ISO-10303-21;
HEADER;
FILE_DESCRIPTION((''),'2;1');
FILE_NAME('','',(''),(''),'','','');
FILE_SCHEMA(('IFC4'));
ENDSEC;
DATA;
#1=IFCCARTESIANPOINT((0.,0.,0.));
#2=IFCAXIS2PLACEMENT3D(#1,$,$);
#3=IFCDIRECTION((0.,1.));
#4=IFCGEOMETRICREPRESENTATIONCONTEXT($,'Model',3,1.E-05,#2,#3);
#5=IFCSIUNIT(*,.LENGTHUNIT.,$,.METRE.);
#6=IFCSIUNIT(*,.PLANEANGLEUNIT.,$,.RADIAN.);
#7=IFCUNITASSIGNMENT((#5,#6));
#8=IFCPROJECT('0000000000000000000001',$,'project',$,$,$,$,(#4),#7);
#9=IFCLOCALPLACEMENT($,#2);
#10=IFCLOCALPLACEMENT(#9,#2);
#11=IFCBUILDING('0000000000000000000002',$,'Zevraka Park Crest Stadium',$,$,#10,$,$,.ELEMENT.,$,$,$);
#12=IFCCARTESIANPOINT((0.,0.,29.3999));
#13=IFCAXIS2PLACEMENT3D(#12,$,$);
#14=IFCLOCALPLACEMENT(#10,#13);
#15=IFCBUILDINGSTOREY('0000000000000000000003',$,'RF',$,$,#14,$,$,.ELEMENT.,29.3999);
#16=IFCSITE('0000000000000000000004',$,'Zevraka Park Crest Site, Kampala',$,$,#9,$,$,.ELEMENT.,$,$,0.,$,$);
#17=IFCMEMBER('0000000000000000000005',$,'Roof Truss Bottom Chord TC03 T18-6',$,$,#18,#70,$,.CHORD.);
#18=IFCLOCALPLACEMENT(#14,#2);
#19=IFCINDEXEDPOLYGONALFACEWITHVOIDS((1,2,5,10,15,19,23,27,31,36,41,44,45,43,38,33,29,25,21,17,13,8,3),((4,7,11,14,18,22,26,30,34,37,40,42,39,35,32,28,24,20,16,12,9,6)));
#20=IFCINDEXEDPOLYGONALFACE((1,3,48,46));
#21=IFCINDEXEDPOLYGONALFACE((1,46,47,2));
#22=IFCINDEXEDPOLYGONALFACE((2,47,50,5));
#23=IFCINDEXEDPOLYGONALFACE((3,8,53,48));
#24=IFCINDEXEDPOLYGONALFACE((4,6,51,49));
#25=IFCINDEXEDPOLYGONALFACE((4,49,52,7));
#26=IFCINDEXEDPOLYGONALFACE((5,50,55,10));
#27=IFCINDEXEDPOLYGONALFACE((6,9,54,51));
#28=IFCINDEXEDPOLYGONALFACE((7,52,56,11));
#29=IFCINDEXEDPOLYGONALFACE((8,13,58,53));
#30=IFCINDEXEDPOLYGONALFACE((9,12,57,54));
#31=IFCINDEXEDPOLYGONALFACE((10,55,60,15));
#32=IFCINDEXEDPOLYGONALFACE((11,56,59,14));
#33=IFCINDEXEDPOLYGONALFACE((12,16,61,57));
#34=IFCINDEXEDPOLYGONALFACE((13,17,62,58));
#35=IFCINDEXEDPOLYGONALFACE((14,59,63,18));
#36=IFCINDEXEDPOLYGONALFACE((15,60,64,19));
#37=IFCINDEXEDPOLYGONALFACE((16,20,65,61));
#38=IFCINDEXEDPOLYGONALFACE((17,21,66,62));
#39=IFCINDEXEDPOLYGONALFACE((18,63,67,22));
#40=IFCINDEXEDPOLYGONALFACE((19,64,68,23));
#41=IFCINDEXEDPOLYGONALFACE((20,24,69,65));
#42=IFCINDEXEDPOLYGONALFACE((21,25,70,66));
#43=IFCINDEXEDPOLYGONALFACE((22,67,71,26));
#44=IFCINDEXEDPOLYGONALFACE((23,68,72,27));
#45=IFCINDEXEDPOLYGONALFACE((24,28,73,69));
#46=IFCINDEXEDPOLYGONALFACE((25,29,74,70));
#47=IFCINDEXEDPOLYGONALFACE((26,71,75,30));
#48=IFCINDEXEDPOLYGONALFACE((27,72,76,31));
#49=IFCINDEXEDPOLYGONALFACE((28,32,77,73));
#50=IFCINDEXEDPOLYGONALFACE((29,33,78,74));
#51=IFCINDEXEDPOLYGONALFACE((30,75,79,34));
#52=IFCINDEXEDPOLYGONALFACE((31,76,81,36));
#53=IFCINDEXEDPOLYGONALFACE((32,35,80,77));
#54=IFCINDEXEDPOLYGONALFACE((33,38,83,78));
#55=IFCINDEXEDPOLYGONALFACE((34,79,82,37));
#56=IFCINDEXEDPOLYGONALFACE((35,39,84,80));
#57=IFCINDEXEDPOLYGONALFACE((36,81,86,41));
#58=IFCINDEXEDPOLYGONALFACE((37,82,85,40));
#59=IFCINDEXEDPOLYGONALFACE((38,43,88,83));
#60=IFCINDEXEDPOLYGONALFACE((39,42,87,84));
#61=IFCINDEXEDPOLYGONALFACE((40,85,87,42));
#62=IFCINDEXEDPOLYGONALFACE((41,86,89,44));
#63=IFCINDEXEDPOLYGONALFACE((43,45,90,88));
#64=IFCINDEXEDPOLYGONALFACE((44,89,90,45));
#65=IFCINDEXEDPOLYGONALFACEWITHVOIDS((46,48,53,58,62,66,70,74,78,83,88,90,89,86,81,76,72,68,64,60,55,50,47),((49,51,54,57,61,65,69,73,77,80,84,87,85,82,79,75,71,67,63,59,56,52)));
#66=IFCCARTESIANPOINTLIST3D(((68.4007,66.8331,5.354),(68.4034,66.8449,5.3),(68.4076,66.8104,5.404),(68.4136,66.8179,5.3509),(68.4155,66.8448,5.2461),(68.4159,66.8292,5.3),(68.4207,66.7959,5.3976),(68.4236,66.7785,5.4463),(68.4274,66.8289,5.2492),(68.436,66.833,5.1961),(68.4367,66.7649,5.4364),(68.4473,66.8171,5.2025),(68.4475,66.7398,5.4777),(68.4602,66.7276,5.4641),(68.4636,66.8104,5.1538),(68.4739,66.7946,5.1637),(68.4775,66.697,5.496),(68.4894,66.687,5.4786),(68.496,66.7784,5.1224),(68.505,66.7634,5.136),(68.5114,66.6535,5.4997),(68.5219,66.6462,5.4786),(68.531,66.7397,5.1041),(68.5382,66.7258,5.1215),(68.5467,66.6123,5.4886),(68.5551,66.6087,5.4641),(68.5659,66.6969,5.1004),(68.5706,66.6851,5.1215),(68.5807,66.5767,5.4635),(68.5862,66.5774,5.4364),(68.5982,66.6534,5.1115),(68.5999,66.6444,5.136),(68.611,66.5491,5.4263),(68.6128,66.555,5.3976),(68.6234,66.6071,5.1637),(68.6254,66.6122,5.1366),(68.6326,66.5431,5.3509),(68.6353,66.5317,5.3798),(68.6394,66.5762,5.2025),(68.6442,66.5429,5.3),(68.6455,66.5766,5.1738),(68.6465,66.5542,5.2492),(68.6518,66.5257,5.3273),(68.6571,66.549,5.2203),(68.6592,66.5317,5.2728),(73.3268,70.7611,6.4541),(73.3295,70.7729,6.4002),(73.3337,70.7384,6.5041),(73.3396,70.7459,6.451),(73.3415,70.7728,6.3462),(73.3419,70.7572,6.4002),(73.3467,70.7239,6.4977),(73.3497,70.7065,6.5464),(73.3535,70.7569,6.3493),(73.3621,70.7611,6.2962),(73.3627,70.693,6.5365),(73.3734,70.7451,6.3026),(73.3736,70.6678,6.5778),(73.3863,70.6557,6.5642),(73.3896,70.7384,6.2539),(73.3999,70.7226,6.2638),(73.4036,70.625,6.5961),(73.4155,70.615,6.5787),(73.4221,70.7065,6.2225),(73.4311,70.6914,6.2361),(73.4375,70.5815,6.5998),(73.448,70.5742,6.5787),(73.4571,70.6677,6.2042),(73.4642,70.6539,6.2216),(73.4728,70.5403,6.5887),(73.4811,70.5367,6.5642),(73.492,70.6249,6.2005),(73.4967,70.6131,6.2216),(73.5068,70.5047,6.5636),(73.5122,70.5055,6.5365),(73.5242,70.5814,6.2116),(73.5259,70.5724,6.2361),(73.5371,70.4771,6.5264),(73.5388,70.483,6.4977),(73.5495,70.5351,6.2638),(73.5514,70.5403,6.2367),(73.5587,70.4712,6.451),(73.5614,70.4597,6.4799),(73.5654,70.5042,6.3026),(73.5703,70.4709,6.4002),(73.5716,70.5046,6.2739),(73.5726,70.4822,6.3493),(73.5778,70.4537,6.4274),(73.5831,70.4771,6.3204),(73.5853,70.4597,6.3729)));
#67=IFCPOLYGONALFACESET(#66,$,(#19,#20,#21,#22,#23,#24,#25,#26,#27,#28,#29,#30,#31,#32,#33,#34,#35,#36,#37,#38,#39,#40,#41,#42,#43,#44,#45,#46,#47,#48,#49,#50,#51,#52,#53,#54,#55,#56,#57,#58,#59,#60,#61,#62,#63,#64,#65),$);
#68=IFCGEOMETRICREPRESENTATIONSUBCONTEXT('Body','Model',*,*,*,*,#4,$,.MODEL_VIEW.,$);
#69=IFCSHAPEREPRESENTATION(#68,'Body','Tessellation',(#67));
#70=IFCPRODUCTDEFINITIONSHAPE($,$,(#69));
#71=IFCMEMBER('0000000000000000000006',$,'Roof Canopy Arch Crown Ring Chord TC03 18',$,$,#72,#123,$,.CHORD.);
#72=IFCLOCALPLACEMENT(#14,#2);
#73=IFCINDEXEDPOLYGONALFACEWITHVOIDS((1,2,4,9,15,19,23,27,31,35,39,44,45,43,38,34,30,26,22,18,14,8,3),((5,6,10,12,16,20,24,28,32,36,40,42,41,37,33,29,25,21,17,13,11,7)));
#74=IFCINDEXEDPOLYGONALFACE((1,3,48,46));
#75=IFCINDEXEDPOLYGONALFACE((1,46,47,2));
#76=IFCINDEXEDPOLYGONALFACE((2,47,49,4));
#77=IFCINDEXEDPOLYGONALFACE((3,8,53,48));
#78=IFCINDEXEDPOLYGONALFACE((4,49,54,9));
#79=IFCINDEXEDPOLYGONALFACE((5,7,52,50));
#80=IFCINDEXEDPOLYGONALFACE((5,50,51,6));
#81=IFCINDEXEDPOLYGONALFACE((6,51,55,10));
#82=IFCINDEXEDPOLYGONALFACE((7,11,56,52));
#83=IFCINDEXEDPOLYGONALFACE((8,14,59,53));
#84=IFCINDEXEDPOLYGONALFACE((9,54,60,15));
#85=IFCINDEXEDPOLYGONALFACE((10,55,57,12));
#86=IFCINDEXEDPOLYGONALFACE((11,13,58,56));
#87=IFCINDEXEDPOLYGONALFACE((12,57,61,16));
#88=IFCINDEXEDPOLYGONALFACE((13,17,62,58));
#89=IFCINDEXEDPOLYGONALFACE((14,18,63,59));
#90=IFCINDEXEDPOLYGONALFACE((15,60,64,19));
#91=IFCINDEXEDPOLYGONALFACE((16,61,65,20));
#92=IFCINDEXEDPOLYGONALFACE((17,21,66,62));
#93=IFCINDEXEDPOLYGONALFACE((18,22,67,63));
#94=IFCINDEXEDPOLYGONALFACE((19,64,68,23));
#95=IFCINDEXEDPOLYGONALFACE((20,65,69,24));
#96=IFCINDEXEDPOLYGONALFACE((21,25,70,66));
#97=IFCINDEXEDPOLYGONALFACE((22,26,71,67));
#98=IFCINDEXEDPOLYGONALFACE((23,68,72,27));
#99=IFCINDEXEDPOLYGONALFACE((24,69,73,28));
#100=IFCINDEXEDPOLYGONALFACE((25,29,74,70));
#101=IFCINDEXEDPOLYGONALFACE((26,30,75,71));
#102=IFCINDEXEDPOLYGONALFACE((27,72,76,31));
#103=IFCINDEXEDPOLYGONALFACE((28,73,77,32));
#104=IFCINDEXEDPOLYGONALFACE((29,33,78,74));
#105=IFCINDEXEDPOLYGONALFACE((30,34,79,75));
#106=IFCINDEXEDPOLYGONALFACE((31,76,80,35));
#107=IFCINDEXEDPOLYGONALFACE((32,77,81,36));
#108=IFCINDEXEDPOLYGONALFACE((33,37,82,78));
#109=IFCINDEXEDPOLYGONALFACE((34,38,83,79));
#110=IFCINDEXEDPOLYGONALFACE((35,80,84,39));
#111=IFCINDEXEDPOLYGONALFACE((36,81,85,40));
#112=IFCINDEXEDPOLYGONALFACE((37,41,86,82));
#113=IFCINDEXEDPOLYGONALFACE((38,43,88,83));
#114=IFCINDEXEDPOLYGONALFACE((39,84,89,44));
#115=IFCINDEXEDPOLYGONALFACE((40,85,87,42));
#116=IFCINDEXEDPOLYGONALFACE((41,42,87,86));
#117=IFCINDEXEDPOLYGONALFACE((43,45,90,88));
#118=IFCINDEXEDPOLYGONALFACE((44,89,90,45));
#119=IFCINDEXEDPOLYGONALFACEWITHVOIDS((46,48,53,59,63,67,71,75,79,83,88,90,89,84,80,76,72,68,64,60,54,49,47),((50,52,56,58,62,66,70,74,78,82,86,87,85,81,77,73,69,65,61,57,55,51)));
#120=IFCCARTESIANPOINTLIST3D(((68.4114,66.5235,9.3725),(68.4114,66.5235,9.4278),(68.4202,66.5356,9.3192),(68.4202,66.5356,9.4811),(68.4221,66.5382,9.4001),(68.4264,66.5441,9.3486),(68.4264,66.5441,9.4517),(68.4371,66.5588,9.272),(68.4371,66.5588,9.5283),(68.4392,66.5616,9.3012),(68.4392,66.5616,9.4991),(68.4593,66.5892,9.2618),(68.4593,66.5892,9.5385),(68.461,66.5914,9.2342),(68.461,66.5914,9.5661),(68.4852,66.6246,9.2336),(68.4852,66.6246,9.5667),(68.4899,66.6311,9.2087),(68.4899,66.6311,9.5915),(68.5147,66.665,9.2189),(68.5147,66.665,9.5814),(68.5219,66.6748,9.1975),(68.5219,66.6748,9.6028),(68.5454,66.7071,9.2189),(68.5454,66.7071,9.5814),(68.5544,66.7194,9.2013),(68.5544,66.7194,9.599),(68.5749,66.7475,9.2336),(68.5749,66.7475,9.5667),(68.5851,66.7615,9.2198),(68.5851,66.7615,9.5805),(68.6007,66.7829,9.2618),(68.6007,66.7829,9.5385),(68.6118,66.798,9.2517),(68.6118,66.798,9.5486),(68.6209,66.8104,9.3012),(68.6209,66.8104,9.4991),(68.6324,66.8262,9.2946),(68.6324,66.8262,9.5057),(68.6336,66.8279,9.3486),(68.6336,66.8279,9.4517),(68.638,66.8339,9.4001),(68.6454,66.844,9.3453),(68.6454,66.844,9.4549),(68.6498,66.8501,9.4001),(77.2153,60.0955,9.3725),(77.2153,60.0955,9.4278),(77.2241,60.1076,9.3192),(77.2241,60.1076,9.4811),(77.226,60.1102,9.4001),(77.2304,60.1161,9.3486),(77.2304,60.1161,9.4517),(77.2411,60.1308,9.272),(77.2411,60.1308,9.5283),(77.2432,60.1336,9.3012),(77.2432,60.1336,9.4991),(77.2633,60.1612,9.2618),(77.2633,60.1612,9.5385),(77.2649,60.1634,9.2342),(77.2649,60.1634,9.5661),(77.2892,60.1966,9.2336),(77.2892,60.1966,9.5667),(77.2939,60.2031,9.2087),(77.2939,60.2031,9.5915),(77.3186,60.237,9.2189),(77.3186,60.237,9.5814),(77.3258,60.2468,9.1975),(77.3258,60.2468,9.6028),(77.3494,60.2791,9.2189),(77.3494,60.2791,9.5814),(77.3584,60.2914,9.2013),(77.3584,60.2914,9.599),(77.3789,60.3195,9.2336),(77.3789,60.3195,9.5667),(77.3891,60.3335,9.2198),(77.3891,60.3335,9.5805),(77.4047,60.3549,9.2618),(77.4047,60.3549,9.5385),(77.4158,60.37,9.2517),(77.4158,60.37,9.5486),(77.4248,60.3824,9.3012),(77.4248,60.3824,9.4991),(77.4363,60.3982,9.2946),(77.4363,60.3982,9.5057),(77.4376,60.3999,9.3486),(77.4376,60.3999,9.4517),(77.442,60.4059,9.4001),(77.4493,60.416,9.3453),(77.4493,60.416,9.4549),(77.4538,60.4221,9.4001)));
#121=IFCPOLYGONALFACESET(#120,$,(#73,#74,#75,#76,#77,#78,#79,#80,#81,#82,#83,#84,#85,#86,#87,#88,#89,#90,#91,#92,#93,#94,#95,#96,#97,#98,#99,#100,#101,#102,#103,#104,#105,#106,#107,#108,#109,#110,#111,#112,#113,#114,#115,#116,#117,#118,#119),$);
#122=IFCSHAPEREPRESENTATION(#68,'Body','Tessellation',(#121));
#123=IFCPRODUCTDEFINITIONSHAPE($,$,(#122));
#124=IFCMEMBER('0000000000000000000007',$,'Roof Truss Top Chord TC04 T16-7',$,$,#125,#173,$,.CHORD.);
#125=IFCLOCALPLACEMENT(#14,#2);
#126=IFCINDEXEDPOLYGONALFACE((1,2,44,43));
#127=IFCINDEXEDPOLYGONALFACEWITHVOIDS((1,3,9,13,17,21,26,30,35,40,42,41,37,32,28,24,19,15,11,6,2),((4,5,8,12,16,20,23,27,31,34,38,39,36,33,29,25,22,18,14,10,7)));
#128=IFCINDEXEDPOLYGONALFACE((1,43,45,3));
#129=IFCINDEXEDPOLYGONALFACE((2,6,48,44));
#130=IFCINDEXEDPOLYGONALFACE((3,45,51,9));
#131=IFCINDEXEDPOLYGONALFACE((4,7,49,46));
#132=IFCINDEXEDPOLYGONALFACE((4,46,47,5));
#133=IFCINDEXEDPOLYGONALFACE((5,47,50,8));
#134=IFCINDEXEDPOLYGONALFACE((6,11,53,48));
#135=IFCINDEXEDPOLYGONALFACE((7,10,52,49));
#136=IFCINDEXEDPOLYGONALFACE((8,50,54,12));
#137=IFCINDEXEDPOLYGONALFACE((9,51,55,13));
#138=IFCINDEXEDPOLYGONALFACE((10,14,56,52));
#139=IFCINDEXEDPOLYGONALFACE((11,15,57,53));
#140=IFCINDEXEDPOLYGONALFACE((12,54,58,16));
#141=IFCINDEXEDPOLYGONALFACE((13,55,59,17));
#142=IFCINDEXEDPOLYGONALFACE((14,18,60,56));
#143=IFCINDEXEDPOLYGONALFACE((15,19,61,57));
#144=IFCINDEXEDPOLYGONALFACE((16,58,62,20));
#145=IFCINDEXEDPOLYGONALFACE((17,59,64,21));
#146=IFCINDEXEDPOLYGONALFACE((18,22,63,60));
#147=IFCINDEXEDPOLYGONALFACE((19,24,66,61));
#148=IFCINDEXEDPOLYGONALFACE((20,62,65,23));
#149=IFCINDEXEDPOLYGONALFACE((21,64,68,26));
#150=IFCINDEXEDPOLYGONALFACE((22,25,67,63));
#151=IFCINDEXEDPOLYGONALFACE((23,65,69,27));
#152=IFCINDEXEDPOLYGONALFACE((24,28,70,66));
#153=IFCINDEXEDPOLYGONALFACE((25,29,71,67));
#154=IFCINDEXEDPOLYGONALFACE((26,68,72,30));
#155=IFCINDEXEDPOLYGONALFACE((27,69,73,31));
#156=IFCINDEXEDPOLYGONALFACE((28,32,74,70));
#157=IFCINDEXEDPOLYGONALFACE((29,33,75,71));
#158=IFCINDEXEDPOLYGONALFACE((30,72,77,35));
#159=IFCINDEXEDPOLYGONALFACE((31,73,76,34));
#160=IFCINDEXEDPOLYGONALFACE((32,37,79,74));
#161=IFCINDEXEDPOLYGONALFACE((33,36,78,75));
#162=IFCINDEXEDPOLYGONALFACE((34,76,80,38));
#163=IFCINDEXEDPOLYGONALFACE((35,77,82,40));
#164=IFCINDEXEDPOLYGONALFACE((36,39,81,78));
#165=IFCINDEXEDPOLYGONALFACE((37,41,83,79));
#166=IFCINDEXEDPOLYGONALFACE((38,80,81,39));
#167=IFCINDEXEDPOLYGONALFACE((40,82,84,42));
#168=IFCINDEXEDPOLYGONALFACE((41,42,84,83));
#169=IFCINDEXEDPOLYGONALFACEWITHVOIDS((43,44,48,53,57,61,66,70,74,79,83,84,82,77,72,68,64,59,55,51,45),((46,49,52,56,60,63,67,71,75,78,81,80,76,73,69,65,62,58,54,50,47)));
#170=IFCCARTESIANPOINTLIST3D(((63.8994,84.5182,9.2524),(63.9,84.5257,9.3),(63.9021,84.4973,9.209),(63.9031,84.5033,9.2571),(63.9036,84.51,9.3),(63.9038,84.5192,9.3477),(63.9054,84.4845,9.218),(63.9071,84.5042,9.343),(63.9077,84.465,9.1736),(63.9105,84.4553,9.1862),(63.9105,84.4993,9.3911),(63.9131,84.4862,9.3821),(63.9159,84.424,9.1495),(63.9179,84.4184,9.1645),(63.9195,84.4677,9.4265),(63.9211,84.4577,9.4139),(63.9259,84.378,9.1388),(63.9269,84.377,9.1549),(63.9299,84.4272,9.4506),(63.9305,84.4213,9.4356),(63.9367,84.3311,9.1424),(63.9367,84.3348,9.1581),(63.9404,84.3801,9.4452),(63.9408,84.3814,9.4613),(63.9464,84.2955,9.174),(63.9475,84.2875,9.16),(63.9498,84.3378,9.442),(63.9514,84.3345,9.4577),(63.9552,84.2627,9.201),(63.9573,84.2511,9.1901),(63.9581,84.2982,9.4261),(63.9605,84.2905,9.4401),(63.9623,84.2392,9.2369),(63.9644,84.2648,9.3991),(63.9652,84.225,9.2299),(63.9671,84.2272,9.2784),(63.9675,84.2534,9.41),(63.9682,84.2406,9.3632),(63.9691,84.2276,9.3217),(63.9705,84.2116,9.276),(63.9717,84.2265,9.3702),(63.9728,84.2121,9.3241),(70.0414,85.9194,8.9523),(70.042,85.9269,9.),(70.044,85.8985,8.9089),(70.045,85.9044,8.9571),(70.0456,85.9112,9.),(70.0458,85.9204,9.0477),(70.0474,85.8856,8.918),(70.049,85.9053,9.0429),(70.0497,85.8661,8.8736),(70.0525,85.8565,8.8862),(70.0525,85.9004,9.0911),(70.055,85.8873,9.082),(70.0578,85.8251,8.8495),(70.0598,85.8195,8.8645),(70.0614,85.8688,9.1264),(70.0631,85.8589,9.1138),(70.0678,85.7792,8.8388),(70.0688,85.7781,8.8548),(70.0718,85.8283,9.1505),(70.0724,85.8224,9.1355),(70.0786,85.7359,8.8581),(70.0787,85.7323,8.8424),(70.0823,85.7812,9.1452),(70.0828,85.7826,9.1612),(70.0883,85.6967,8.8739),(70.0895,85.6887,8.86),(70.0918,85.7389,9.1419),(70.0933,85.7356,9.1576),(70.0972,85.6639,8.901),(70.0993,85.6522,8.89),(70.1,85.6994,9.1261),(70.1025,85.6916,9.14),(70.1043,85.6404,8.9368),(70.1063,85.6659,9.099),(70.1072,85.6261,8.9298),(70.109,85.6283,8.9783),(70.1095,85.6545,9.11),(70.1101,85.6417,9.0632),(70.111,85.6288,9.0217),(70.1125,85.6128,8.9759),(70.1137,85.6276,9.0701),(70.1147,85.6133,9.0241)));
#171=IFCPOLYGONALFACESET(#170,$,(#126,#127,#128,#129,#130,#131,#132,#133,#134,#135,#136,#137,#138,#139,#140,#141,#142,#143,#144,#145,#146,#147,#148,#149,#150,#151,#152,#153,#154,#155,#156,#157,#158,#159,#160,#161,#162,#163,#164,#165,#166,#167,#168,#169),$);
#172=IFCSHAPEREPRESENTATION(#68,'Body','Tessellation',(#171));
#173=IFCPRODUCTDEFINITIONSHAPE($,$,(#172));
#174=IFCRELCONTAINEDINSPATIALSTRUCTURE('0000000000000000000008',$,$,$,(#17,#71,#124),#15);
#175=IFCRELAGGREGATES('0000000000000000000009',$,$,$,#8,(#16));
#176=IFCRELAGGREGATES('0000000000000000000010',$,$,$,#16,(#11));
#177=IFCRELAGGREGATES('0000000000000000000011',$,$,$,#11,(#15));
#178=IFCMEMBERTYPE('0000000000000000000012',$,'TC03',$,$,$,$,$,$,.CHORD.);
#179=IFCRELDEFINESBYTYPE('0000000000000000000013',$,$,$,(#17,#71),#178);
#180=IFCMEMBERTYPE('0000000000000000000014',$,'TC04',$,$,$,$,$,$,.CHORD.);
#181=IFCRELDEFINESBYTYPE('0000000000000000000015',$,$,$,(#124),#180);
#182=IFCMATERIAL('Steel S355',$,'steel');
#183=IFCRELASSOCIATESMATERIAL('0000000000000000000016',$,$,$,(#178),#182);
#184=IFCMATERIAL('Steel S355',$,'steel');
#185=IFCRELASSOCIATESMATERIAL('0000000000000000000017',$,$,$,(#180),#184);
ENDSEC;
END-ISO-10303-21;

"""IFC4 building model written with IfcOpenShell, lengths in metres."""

from ifc_helpers import new_model, si_unit, direction, frame, origin, origin_2d, place, context, subcontext, project, spatial, hollow_circle, extrude, material, material_profile, profile_set, type_object, element, save


model = new_model("IFC4")

# Units and contexts
model_context = context("Model", 3, precision=1e-05, world=origin(), true_north=direction((0.0, 1.0)))
body_context = subcontext(model_context, "Body", "Model", "MODEL_VIEW")
ifc_project = project(units=[si_unit("LENGTHUNIT", "METRE"), si_unit("PLANEANGLEUNIT", "RADIAN")], contexts=[model_context])

# Site, building, storey
site_placement = place(None, origin())
site = spatial("IfcSite", under=ifc_project, at=site_placement, Name="Zevraka Park Crest Site, Kampala", CompositionType="ELEMENT", RefElevation=0.0)
building_placement = place(site_placement, origin())
building = spatial("IfcBuilding", under=site, at=building_placement, Name="Zevraka Park Crest Stadium", CompositionType="ELEMENT")
storey_placement = place(building_placement, frame((0.0, 0.0, 29.3999)))
storey = spatial("IfcBuildingStorey", under=building, at=storey_placement, Name="RF", CompositionType="ELEMENT", Elevation=29.3999)

# Members
ifc_material_1 = material(Name="Steel S355", Category="steel")
ifc_material_profile_1 = material_profile(ifc_material_1, hollow_circle(Radius=0.2031, WallThickness=0.02, at=origin_2d()), Name="CHS 406.4x20")
ifc_profile_set_1 = profile_set([ifc_material_profile_1], Name="Steel S355")
member_type_1 = type_object("IfcMemberType", Name="TC03", PredefinedType="CHORD", material=ifc_profile_set_1)
member_1_placement = place(storey_placement, frame((68.53, 66.686, 5.3), z_axis=(0.770209, 0.614159, 0.172006), x_axis=(-0.623451, 0.781862, 0.0)))
element("IfcMember", 1, at=member_1_placement, inside=storey, type_object=member_type_1, Name="Roof Truss Bottom Chord TC03 T18-6", PredefinedType="CHORD", context=body_context, shape_type="SweptSolid", body=[
    extrude(hollow_circle(Radius=0.2031, WallThickness=0.02, at=origin_2d()), origin(), (0.0, 0.0, 1.0), 6.3958),
])
member_2_placement = place(storey_placement, frame((68.53, 66.686, 9.4001), z_axis=(0.807639, -0.589677, 0.0), x_axis=(0.589677, 0.807639, 0.0)))
element("IfcMember", 2, at=member_2_placement, inside=storey, type_object=member_type_1, Name="Roof Canopy Arch Crown Ring Chord TC03 18", PredefinedType="CHORD", context=body_context, shape_type="SweptSolid", body=[
    extrude(hollow_circle(Radius=0.2031, WallThickness=0.02, at=origin_2d()), origin(), (0.0, 0.0, 1.0), 10.9009),
])
ifc_material_2 = material(Name="Steel S355", Category="steel")
ifc_material_profile_2 = material_profile(ifc_material_2, hollow_circle(Radius=0.1619, WallThickness=0.0161, at=origin_2d()), Name="CHS 323.9x16")
ifc_profile_set_2 = profile_set([ifc_material_profile_2], Name="Steel S355")
member_type_2 = type_object("IfcMemberType", Name="TC04", PredefinedType="CHORD", material=ifc_profile_set_2)
for number, where, z_axis, x_axis, name in (
    (3, (63.936, 84.3679, 9.3), (0.973848, 0.222161, -0.047576), (-0.222413, 0.974952, 0.0), "Roof Truss Top Chord TC04 T16-7"),
):
    element("IfcMember", number, at=place(storey_placement, frame(where, z_axis=z_axis, x_axis=x_axis)), inside=storey, type_object=member_type_2, Name=name, PredefinedType="CHORD", context=body_context, shape_type="SweptSolid", body=[
        extrude(hollow_circle(Radius=0.1619, WallThickness=0.0161, at=origin_2d()), origin(), (0.0, 0.0, 1.0), 6.3069),
    ])

save(model, "model.ifc")
